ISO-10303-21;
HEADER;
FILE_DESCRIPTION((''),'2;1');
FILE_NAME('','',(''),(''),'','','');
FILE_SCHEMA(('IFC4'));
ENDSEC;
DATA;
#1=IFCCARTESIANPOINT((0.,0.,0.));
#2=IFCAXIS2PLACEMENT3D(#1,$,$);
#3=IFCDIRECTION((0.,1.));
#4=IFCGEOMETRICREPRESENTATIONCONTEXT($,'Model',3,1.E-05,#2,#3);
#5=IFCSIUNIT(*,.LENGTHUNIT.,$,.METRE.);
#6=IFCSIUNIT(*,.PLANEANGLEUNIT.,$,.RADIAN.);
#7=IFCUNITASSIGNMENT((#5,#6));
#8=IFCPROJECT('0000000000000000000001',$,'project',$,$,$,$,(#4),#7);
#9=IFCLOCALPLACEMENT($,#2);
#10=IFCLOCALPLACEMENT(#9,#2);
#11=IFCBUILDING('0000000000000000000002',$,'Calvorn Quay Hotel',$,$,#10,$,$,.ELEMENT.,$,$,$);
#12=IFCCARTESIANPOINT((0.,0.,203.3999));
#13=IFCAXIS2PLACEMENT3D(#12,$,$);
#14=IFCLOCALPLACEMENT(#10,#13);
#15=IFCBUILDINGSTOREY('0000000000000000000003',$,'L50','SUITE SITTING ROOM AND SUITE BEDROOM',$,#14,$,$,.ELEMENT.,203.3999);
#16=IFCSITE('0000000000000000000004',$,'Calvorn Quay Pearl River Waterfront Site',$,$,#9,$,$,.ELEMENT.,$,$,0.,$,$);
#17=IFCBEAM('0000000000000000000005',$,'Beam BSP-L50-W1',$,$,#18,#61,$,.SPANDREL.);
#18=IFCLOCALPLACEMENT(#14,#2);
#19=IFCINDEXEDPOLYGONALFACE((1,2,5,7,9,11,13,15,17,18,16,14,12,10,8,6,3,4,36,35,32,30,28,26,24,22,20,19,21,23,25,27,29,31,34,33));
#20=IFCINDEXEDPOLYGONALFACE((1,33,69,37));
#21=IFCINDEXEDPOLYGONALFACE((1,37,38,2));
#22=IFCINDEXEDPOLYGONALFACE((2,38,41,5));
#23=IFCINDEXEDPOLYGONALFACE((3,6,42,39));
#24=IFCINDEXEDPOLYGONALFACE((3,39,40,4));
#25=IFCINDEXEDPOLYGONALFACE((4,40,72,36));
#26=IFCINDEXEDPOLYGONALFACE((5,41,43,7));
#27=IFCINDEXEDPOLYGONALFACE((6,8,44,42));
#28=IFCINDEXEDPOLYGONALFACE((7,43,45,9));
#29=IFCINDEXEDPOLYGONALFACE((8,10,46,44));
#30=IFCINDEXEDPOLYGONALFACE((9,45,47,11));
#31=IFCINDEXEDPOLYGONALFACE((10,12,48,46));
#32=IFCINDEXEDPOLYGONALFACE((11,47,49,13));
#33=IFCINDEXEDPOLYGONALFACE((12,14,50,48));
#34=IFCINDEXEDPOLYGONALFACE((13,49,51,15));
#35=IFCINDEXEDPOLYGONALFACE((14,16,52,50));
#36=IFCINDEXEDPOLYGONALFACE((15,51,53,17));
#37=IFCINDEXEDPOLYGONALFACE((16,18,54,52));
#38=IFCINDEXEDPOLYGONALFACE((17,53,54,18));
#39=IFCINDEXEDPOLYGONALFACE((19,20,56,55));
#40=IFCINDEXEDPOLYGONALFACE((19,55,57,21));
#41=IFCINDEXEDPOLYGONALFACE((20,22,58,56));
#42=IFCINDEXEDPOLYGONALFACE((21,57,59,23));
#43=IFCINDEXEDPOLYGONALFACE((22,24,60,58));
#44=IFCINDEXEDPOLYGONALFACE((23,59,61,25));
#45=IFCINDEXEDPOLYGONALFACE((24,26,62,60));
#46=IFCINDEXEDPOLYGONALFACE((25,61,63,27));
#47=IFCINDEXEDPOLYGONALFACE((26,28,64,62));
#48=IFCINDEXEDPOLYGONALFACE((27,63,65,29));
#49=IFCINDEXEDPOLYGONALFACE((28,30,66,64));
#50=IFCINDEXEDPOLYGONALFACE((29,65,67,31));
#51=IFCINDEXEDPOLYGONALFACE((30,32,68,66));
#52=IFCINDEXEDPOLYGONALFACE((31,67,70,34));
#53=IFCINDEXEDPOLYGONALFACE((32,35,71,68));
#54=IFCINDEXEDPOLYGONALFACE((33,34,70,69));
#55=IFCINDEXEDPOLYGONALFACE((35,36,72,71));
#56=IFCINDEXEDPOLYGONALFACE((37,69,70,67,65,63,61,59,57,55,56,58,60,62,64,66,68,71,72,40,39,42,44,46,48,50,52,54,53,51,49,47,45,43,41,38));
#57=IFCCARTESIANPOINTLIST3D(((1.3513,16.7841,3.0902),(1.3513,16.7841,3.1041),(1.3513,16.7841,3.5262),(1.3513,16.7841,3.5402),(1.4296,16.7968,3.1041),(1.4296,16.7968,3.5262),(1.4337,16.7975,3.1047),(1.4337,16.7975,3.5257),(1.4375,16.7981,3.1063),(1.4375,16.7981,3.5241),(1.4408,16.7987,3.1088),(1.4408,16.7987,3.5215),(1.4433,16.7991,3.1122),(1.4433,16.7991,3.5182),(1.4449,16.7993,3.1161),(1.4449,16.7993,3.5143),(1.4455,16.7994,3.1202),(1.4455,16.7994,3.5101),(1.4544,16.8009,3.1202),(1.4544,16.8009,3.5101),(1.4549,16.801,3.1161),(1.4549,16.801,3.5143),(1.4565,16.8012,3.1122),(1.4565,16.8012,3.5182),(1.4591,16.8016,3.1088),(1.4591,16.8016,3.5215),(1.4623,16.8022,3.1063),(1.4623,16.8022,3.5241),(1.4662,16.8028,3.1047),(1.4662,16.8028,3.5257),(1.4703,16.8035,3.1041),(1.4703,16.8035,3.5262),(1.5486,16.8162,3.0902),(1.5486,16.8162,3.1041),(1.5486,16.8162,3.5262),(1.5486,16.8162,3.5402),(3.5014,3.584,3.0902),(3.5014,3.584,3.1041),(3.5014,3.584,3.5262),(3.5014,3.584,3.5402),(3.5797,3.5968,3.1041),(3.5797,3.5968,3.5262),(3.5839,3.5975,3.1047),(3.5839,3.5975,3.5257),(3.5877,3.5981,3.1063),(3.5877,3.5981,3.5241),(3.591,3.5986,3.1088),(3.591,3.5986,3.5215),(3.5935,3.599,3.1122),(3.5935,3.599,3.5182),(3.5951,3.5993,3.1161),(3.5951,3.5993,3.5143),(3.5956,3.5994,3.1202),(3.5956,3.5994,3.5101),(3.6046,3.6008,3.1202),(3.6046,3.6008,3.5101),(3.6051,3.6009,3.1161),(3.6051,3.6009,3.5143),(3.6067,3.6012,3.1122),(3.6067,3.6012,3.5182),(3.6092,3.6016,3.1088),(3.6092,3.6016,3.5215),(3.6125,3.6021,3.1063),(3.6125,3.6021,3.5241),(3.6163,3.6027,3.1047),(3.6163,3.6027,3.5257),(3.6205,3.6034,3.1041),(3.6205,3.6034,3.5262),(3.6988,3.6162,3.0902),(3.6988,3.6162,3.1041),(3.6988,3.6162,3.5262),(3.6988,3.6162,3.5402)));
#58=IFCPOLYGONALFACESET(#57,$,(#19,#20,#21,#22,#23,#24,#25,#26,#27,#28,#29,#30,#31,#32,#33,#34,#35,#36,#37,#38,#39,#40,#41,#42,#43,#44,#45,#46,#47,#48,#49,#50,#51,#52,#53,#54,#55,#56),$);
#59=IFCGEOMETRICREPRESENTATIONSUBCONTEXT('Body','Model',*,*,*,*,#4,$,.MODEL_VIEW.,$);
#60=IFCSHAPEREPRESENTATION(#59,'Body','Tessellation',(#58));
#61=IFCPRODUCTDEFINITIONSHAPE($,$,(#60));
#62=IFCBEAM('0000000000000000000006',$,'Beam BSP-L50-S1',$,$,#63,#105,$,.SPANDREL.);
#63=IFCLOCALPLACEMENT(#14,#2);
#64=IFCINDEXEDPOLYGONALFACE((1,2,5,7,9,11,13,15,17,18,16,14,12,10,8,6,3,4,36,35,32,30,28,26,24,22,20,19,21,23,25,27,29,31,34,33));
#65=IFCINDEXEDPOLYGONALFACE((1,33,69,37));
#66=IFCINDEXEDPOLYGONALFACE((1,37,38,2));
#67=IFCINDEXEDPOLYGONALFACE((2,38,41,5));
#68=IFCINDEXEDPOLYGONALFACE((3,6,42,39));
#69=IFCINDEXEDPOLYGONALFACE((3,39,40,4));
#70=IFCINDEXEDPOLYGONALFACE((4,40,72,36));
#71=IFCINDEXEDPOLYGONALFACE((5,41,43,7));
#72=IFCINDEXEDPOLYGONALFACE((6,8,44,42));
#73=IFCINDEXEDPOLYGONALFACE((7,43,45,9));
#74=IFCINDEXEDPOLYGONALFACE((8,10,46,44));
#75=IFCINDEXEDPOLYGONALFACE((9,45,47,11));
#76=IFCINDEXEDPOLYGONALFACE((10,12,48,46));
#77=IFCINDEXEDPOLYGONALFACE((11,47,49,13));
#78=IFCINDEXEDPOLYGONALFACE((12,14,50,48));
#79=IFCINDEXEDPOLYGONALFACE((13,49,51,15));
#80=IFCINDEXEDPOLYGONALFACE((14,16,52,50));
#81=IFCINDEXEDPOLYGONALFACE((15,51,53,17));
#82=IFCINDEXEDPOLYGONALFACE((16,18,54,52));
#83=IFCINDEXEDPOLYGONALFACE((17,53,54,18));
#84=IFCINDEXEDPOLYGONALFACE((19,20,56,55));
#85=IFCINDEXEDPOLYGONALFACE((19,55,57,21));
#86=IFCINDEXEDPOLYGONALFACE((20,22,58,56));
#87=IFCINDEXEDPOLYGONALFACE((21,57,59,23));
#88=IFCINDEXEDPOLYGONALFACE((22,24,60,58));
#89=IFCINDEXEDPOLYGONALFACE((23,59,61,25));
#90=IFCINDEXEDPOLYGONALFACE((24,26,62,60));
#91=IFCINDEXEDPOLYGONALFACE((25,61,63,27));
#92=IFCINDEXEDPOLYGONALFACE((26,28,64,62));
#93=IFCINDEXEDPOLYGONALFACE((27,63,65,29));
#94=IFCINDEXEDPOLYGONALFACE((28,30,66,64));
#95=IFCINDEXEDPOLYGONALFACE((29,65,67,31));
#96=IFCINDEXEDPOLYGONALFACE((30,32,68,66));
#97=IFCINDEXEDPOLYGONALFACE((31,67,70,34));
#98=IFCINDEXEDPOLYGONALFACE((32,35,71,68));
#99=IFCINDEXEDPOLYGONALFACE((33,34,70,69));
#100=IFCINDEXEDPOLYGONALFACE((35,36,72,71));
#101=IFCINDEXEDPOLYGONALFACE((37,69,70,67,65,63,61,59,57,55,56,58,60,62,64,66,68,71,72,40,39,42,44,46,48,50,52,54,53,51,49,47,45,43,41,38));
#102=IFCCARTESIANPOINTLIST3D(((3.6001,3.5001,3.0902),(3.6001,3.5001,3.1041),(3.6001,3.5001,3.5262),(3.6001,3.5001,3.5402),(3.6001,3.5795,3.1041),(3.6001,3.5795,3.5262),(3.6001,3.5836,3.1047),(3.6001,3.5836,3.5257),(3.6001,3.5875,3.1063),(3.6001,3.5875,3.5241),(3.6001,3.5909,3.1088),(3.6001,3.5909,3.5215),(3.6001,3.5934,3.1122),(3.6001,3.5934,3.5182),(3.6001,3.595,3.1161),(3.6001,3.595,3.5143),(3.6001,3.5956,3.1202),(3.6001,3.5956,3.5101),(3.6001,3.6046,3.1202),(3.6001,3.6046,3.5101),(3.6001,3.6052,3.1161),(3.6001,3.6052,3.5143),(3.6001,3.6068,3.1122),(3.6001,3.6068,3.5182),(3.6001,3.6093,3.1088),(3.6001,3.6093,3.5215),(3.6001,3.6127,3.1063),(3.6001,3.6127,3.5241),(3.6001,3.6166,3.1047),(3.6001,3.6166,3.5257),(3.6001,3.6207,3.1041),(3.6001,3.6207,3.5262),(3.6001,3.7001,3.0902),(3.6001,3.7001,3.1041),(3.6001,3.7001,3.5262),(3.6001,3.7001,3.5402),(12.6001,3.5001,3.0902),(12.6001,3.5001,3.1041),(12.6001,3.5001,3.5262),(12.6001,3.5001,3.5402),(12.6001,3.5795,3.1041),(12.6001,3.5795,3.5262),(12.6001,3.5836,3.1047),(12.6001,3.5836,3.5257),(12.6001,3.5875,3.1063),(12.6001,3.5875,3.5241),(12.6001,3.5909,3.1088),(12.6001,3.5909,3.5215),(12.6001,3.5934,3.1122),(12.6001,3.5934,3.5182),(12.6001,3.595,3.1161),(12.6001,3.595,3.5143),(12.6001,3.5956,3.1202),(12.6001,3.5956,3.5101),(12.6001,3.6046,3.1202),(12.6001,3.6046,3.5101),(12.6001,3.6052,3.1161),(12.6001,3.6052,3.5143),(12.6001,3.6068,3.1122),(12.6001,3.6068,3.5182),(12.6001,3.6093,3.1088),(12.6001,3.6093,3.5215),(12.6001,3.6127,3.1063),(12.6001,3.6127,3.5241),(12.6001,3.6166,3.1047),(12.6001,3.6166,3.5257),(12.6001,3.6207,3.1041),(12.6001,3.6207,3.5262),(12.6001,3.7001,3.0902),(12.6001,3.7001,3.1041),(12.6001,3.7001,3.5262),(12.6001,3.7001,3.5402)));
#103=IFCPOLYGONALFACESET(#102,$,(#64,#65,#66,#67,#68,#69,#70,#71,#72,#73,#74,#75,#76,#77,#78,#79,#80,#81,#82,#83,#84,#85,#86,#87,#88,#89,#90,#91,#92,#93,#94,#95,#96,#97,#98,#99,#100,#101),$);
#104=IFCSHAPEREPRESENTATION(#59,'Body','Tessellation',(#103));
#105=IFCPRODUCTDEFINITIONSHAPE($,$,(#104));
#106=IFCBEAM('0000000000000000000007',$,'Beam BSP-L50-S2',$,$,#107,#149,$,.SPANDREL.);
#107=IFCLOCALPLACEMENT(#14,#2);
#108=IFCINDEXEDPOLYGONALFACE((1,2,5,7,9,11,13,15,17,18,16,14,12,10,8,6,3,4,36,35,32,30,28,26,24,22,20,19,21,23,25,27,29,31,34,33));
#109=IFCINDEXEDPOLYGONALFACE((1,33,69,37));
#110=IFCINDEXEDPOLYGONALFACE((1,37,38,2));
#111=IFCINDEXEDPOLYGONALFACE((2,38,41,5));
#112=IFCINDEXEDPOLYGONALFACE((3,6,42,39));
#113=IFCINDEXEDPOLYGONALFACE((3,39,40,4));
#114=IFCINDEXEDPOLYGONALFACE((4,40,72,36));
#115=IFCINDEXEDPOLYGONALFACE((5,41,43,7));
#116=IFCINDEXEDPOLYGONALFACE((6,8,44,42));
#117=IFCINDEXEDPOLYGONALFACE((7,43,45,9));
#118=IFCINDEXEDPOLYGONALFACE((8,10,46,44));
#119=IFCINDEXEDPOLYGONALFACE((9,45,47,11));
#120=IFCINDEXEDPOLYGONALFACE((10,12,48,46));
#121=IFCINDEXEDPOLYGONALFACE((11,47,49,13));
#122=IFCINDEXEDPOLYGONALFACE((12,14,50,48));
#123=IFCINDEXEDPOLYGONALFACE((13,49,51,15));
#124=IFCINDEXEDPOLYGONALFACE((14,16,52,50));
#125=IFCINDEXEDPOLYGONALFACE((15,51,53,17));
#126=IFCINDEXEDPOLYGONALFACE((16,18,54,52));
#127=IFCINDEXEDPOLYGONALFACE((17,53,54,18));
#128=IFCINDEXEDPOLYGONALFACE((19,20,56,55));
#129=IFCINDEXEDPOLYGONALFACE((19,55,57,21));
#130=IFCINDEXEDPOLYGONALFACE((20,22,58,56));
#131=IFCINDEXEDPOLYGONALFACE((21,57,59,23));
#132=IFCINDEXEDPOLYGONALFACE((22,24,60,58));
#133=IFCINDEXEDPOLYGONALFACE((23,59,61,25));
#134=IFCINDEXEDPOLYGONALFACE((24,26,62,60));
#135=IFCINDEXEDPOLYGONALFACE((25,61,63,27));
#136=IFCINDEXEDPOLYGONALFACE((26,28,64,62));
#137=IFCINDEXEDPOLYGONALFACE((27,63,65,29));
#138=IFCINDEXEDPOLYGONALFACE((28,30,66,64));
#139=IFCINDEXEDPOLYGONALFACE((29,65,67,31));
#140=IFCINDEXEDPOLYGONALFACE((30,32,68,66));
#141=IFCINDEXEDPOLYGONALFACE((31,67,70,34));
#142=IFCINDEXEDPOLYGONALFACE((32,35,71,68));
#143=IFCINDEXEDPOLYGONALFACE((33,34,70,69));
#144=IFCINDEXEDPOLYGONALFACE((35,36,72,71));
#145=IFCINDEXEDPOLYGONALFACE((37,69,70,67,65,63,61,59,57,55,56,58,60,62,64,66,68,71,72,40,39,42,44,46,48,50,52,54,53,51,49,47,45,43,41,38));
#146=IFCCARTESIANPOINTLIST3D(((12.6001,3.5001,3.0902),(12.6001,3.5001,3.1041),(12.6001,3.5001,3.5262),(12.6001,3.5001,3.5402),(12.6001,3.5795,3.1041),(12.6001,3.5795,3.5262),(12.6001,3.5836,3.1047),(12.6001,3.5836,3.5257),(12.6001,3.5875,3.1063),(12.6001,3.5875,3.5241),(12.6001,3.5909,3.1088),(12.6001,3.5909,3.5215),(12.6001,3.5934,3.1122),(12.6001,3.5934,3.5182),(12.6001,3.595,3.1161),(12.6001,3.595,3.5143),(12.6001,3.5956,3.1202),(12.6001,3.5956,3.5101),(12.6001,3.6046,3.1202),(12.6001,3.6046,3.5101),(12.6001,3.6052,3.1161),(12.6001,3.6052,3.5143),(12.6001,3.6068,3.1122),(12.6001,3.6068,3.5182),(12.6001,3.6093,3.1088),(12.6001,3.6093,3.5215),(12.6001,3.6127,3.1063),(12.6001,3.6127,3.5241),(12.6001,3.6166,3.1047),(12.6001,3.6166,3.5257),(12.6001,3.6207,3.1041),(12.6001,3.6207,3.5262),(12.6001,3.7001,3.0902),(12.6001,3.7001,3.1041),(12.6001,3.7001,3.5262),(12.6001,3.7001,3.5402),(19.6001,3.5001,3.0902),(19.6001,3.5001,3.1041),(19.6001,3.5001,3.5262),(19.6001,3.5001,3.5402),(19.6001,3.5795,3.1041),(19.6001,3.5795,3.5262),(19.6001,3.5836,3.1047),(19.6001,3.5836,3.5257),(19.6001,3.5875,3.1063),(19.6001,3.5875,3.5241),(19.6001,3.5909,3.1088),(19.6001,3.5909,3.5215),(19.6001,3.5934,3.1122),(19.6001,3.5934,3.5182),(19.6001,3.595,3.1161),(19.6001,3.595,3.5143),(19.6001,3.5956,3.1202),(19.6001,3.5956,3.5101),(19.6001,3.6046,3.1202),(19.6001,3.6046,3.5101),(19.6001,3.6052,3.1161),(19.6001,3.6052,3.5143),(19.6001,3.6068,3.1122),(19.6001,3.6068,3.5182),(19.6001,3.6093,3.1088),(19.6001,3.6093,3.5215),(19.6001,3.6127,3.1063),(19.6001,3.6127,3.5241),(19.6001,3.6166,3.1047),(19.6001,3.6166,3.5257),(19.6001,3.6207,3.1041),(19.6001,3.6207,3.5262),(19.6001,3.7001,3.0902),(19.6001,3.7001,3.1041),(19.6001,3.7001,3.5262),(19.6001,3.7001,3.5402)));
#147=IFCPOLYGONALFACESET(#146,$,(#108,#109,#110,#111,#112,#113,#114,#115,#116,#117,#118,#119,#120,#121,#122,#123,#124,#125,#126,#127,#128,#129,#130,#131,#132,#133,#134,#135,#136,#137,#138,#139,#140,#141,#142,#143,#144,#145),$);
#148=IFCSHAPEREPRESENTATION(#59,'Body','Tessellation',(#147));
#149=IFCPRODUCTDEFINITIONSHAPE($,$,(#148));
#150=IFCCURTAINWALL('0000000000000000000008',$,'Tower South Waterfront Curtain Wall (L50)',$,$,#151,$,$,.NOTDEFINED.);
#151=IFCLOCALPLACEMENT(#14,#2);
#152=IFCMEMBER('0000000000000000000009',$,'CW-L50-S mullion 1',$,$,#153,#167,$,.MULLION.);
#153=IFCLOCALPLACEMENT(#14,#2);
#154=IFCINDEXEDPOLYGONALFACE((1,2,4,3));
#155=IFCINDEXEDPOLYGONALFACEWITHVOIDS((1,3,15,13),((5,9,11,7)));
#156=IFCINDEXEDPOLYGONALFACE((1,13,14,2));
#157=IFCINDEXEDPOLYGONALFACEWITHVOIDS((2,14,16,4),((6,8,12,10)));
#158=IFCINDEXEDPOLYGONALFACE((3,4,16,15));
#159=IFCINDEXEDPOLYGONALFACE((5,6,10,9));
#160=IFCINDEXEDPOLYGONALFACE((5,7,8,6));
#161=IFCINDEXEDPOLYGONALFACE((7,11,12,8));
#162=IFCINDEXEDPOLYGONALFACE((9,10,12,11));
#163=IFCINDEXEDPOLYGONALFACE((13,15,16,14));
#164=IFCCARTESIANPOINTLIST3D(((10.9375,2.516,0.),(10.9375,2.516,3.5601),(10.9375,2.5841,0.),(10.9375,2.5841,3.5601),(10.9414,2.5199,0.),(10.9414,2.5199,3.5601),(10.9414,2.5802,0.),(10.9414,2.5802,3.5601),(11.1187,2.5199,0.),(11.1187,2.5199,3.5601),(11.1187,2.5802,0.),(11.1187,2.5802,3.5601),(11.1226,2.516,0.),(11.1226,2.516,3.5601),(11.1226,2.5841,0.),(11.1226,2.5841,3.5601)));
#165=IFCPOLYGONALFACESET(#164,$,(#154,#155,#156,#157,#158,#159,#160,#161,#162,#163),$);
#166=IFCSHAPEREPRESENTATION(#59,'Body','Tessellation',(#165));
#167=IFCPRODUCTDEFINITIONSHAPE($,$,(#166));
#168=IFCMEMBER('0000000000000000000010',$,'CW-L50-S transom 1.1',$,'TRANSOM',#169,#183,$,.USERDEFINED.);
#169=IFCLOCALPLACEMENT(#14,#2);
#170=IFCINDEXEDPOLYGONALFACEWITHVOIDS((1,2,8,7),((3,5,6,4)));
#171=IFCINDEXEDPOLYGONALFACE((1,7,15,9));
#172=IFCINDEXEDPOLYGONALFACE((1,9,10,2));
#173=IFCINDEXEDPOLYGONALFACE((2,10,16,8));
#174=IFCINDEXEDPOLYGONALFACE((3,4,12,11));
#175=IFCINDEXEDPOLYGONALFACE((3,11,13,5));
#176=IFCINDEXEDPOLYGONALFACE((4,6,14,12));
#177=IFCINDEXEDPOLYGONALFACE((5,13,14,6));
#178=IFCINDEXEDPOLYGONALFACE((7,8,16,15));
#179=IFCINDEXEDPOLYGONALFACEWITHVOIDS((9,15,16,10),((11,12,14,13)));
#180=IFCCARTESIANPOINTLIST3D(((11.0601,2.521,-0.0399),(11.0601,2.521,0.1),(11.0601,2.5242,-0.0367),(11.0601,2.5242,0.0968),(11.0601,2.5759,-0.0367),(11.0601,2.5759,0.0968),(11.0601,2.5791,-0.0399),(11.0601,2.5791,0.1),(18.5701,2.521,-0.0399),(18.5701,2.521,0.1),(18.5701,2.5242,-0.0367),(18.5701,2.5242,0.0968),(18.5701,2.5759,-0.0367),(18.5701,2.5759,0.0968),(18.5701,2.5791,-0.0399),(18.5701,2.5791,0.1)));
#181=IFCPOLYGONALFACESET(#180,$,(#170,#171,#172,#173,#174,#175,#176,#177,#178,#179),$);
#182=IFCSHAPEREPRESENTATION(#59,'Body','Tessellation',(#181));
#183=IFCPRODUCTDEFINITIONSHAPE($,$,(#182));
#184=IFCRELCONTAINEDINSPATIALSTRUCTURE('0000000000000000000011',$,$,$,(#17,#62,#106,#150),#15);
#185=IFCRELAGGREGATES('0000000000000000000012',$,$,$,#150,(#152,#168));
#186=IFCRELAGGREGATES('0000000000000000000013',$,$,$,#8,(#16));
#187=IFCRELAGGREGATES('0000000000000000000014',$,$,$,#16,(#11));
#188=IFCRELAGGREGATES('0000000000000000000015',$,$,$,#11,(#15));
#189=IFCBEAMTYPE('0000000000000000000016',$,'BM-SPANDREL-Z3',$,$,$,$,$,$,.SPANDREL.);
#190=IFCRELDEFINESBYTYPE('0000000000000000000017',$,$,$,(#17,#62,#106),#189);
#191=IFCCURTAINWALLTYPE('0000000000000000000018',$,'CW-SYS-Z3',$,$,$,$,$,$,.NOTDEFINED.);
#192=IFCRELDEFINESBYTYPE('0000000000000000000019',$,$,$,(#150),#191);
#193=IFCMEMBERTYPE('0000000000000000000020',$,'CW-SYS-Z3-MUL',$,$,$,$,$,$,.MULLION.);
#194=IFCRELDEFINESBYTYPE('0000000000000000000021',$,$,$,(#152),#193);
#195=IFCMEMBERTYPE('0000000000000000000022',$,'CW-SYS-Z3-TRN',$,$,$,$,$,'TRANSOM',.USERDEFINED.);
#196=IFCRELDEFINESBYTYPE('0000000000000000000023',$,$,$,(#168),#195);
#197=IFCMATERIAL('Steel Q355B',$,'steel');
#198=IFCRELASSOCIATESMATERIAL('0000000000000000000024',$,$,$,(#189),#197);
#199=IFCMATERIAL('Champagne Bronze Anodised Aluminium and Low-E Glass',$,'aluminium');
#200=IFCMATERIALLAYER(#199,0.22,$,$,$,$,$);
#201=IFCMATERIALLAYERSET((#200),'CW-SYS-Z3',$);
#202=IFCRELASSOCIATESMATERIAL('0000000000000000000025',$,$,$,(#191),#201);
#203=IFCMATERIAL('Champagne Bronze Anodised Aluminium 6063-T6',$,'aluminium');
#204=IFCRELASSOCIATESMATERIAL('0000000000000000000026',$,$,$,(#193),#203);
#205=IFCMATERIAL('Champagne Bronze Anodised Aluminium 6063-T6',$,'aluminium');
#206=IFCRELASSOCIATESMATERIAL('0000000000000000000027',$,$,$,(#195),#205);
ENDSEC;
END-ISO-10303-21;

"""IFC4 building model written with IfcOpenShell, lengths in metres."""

from ifc_helpers import new_model, si_unit, direction, frame, origin, origin_2d, place, context, subcontext, project, spatial, hollow_rectangle, i_section, extrude, material, layer, layer_set, material_profile, profile_set, type_object, element, aggregate, save


model = new_model("IFC4")

# Units and contexts
model_context = context("Model", 3, precision=1e-05, world=origin(), true_north=direction((0.0, 1.0)))
body_context = subcontext(model_context, "Body", "Model", "MODEL_VIEW")
ifc_project = project(units=[si_unit("LENGTHUNIT", "METRE"), si_unit("PLANEANGLEUNIT", "RADIAN")], contexts=[model_context])

# Site, building, storey
site_placement = place(None, origin())
site = spatial("IfcSite", under=ifc_project, at=site_placement, Name="Calvorn Quay Pearl River Waterfront Site", CompositionType="ELEMENT", RefElevation=0.0)
building_placement = place(site_placement, origin())
building = spatial("IfcBuilding", under=site, at=building_placement, Name="Calvorn Quay Hotel", CompositionType="ELEMENT")
storey_placement = place(building_placement, frame((0.0, 0.0, 203.3999)))
storey = spatial("IfcBuildingStorey", under=building, at=storey_placement, Name="L50", Description="SUITE SITTING ROOM AND SUITE BEDROOM", CompositionType="ELEMENT", Elevation=203.3999)

# Beams
ifc_material_1 = material(Name="Steel Q355B", Category="steel")
ifc_material_profile_1 = material_profile(ifc_material_1, i_section(OverallWidth=0.2, OverallDepth=0.45, WebThickness=0.009, FlangeThickness=0.0139, FilletRadius=0.0161, at=origin_2d()), Name="HN450x200x9x14")
ifc_profile_set_1 = profile_set([ifc_material_profile_1], Name="Steel Q355B")
beam_type_1 = type_object("IfcBeamType", Name="BM-SPANDREL-Z3", PredefinedType="SPANDREL", material=ifc_profile_set_1)
beam_1_placement = place(storey_placement, frame((3.6001, 3.6001, 3.3152), z_axis=(-0.160772, 0.986992, 0.0), x_axis=(-0.986992, -0.160772, 0.0)))
element("IfcBeam", 1, at=beam_1_placement, inside=storey, type_object=beam_type_1, Name="Beam BSP-L50-W1", PredefinedType="SPANDREL", context=body_context, shape_type="SweptSolid", body=[
    extrude(i_section(OverallWidth=0.2, OverallDepth=0.45, WebThickness=0.009, FlangeThickness=0.0139, FilletRadius=0.0161, at=origin_2d()), origin(), (0.0, 0.0, 1.0), 13.374),
])
beam_2_placement = place(storey_placement, frame((3.6001, 3.6001, 3.3152), z_axis=(1.0, 0.0, 0.0), x_axis=(0.0, 1.0, 0.0)))
element("IfcBeam", 2, at=beam_2_placement, inside=storey, type_object=beam_type_1, Name="Beam BSP-L50-S1", PredefinedType="SPANDREL", context=body_context, shape_type="SweptSolid", body=[
    extrude(i_section(OverallWidth=0.2, OverallDepth=0.45, WebThickness=0.009, FlangeThickness=0.0139, FilletRadius=0.0161, at=origin_2d()), origin(), (0.0, 0.0, 1.0), 9.0),
])
beam_3_placement = place(storey_placement, frame((12.6001, 3.6001, 3.3152), z_axis=(1.0, 0.0, 0.0), x_axis=(0.0, 1.0, 0.0)))
element("IfcBeam", 3, at=beam_3_placement, inside=storey, type_object=beam_type_1, Name="Beam BSP-L50-S2", PredefinedType="SPANDREL", context=body_context, shape_type="SweptSolid", body=[
    extrude(i_section(OverallWidth=0.2, OverallDepth=0.45, WebThickness=0.009, FlangeThickness=0.0139, FilletRadius=0.0161, at=origin_2d()), origin(), (0.0, 0.0, 1.0), 7.0),
])

# Curtain wall, members
ifc_material_2 = material(Name="Champagne Bronze Anodised Aluminium and Low-E Glass", Category="aluminium")
ifc_layer_1 = layer(ifc_material_2, 0.22)
ifc_layer_set_1 = layer_set([ifc_layer_1], Name="CW-SYS-Z3")
curtain_wall_type = type_object("IfcCurtainWallType", Name="CW-SYS-Z3", PredefinedType="NOTDEFINED", material=ifc_layer_set_1)
curtain_wall_placement = place(storey_placement, origin())
curtain_wall = element("IfcCurtainWall", 4, at=curtain_wall_placement, inside=storey, type_object=curtain_wall_type, Name="Tower South Waterfront Curtain Wall (L50)", PredefinedType="NOTDEFINED")
ifc_material_3 = material(Name="Champagne Bronze Anodised Aluminium 6063-T6", Category="aluminium")
ifc_material_profile_2 = material_profile(ifc_material_3, hollow_rectangle(XDim=0.0681, YDim=0.1851, WallThickness=0.0039, at=origin_2d()), Name="ALU-M185x68x4")
ifc_profile_set_2 = profile_set([ifc_material_profile_2], Name="Champagne Bronze Anodised Aluminium 6063-T6")
member_type_1 = type_object("IfcMemberType", Name="CW-SYS-Z3-MUL", PredefinedType="MULLION", material=ifc_profile_set_2)
member_1_placement = place(storey_placement, frame((11.03, 2.55, 0.0), z_axis=(0.0, 0.0, 1.0), x_axis=(0.0, 1.0, 0.0)))
member_1 = element("IfcMember", 5, at=member_1_placement, type_object=member_type_1, Name="CW-L50-S mullion 1", PredefinedType="MULLION", context=body_context, shape_type="SweptSolid", body=[
    extrude(hollow_rectangle(XDim=0.0681, YDim=0.1851, WallThickness=0.0039, at=origin_2d()), origin(), (0.0, 0.0, 1.0), 3.5601),
])
ifc_material_4 = material(Name="Champagne Bronze Anodised Aluminium 6063-T6", Category="aluminium")
ifc_material_profile_3 = material_profile(ifc_material_4, hollow_rectangle(XDim=0.0581, YDim=0.1399, WallThickness=0.0032, at=origin_2d()), Name="ALU-T140x58x3.2")
ifc_profile_set_3 = profile_set([ifc_material_profile_3], Name="Champagne Bronze Anodised Aluminium 6063-T6")
member_type_2 = type_object("IfcMemberType", Name="CW-SYS-Z3-TRN", ElementType="TRANSOM", PredefinedType="USERDEFINED", material=ifc_profile_set_3)
member_2_placement = place(storey_placement, frame((11.0601, 2.55, 0.03), z_axis=(1.0, 0.0, 0.0), x_axis=(0.0, 1.0, 0.0)))
member_2 = element("IfcMember", 6, at=member_2_placement, type_object=member_type_2, Name="CW-L50-S transom 1.1", ObjectType="TRANSOM", PredefinedType="USERDEFINED", context=body_context, shape_type="SweptSolid", body=[
    extrude(hollow_rectangle(XDim=0.0581, YDim=0.1399, WallThickness=0.0032, at=origin_2d()), origin(), (0.0, 0.0, 1.0), 7.51),
])
aggregate(curtain_wall, [member_1, member_2])

save(model, "model.ifc")
